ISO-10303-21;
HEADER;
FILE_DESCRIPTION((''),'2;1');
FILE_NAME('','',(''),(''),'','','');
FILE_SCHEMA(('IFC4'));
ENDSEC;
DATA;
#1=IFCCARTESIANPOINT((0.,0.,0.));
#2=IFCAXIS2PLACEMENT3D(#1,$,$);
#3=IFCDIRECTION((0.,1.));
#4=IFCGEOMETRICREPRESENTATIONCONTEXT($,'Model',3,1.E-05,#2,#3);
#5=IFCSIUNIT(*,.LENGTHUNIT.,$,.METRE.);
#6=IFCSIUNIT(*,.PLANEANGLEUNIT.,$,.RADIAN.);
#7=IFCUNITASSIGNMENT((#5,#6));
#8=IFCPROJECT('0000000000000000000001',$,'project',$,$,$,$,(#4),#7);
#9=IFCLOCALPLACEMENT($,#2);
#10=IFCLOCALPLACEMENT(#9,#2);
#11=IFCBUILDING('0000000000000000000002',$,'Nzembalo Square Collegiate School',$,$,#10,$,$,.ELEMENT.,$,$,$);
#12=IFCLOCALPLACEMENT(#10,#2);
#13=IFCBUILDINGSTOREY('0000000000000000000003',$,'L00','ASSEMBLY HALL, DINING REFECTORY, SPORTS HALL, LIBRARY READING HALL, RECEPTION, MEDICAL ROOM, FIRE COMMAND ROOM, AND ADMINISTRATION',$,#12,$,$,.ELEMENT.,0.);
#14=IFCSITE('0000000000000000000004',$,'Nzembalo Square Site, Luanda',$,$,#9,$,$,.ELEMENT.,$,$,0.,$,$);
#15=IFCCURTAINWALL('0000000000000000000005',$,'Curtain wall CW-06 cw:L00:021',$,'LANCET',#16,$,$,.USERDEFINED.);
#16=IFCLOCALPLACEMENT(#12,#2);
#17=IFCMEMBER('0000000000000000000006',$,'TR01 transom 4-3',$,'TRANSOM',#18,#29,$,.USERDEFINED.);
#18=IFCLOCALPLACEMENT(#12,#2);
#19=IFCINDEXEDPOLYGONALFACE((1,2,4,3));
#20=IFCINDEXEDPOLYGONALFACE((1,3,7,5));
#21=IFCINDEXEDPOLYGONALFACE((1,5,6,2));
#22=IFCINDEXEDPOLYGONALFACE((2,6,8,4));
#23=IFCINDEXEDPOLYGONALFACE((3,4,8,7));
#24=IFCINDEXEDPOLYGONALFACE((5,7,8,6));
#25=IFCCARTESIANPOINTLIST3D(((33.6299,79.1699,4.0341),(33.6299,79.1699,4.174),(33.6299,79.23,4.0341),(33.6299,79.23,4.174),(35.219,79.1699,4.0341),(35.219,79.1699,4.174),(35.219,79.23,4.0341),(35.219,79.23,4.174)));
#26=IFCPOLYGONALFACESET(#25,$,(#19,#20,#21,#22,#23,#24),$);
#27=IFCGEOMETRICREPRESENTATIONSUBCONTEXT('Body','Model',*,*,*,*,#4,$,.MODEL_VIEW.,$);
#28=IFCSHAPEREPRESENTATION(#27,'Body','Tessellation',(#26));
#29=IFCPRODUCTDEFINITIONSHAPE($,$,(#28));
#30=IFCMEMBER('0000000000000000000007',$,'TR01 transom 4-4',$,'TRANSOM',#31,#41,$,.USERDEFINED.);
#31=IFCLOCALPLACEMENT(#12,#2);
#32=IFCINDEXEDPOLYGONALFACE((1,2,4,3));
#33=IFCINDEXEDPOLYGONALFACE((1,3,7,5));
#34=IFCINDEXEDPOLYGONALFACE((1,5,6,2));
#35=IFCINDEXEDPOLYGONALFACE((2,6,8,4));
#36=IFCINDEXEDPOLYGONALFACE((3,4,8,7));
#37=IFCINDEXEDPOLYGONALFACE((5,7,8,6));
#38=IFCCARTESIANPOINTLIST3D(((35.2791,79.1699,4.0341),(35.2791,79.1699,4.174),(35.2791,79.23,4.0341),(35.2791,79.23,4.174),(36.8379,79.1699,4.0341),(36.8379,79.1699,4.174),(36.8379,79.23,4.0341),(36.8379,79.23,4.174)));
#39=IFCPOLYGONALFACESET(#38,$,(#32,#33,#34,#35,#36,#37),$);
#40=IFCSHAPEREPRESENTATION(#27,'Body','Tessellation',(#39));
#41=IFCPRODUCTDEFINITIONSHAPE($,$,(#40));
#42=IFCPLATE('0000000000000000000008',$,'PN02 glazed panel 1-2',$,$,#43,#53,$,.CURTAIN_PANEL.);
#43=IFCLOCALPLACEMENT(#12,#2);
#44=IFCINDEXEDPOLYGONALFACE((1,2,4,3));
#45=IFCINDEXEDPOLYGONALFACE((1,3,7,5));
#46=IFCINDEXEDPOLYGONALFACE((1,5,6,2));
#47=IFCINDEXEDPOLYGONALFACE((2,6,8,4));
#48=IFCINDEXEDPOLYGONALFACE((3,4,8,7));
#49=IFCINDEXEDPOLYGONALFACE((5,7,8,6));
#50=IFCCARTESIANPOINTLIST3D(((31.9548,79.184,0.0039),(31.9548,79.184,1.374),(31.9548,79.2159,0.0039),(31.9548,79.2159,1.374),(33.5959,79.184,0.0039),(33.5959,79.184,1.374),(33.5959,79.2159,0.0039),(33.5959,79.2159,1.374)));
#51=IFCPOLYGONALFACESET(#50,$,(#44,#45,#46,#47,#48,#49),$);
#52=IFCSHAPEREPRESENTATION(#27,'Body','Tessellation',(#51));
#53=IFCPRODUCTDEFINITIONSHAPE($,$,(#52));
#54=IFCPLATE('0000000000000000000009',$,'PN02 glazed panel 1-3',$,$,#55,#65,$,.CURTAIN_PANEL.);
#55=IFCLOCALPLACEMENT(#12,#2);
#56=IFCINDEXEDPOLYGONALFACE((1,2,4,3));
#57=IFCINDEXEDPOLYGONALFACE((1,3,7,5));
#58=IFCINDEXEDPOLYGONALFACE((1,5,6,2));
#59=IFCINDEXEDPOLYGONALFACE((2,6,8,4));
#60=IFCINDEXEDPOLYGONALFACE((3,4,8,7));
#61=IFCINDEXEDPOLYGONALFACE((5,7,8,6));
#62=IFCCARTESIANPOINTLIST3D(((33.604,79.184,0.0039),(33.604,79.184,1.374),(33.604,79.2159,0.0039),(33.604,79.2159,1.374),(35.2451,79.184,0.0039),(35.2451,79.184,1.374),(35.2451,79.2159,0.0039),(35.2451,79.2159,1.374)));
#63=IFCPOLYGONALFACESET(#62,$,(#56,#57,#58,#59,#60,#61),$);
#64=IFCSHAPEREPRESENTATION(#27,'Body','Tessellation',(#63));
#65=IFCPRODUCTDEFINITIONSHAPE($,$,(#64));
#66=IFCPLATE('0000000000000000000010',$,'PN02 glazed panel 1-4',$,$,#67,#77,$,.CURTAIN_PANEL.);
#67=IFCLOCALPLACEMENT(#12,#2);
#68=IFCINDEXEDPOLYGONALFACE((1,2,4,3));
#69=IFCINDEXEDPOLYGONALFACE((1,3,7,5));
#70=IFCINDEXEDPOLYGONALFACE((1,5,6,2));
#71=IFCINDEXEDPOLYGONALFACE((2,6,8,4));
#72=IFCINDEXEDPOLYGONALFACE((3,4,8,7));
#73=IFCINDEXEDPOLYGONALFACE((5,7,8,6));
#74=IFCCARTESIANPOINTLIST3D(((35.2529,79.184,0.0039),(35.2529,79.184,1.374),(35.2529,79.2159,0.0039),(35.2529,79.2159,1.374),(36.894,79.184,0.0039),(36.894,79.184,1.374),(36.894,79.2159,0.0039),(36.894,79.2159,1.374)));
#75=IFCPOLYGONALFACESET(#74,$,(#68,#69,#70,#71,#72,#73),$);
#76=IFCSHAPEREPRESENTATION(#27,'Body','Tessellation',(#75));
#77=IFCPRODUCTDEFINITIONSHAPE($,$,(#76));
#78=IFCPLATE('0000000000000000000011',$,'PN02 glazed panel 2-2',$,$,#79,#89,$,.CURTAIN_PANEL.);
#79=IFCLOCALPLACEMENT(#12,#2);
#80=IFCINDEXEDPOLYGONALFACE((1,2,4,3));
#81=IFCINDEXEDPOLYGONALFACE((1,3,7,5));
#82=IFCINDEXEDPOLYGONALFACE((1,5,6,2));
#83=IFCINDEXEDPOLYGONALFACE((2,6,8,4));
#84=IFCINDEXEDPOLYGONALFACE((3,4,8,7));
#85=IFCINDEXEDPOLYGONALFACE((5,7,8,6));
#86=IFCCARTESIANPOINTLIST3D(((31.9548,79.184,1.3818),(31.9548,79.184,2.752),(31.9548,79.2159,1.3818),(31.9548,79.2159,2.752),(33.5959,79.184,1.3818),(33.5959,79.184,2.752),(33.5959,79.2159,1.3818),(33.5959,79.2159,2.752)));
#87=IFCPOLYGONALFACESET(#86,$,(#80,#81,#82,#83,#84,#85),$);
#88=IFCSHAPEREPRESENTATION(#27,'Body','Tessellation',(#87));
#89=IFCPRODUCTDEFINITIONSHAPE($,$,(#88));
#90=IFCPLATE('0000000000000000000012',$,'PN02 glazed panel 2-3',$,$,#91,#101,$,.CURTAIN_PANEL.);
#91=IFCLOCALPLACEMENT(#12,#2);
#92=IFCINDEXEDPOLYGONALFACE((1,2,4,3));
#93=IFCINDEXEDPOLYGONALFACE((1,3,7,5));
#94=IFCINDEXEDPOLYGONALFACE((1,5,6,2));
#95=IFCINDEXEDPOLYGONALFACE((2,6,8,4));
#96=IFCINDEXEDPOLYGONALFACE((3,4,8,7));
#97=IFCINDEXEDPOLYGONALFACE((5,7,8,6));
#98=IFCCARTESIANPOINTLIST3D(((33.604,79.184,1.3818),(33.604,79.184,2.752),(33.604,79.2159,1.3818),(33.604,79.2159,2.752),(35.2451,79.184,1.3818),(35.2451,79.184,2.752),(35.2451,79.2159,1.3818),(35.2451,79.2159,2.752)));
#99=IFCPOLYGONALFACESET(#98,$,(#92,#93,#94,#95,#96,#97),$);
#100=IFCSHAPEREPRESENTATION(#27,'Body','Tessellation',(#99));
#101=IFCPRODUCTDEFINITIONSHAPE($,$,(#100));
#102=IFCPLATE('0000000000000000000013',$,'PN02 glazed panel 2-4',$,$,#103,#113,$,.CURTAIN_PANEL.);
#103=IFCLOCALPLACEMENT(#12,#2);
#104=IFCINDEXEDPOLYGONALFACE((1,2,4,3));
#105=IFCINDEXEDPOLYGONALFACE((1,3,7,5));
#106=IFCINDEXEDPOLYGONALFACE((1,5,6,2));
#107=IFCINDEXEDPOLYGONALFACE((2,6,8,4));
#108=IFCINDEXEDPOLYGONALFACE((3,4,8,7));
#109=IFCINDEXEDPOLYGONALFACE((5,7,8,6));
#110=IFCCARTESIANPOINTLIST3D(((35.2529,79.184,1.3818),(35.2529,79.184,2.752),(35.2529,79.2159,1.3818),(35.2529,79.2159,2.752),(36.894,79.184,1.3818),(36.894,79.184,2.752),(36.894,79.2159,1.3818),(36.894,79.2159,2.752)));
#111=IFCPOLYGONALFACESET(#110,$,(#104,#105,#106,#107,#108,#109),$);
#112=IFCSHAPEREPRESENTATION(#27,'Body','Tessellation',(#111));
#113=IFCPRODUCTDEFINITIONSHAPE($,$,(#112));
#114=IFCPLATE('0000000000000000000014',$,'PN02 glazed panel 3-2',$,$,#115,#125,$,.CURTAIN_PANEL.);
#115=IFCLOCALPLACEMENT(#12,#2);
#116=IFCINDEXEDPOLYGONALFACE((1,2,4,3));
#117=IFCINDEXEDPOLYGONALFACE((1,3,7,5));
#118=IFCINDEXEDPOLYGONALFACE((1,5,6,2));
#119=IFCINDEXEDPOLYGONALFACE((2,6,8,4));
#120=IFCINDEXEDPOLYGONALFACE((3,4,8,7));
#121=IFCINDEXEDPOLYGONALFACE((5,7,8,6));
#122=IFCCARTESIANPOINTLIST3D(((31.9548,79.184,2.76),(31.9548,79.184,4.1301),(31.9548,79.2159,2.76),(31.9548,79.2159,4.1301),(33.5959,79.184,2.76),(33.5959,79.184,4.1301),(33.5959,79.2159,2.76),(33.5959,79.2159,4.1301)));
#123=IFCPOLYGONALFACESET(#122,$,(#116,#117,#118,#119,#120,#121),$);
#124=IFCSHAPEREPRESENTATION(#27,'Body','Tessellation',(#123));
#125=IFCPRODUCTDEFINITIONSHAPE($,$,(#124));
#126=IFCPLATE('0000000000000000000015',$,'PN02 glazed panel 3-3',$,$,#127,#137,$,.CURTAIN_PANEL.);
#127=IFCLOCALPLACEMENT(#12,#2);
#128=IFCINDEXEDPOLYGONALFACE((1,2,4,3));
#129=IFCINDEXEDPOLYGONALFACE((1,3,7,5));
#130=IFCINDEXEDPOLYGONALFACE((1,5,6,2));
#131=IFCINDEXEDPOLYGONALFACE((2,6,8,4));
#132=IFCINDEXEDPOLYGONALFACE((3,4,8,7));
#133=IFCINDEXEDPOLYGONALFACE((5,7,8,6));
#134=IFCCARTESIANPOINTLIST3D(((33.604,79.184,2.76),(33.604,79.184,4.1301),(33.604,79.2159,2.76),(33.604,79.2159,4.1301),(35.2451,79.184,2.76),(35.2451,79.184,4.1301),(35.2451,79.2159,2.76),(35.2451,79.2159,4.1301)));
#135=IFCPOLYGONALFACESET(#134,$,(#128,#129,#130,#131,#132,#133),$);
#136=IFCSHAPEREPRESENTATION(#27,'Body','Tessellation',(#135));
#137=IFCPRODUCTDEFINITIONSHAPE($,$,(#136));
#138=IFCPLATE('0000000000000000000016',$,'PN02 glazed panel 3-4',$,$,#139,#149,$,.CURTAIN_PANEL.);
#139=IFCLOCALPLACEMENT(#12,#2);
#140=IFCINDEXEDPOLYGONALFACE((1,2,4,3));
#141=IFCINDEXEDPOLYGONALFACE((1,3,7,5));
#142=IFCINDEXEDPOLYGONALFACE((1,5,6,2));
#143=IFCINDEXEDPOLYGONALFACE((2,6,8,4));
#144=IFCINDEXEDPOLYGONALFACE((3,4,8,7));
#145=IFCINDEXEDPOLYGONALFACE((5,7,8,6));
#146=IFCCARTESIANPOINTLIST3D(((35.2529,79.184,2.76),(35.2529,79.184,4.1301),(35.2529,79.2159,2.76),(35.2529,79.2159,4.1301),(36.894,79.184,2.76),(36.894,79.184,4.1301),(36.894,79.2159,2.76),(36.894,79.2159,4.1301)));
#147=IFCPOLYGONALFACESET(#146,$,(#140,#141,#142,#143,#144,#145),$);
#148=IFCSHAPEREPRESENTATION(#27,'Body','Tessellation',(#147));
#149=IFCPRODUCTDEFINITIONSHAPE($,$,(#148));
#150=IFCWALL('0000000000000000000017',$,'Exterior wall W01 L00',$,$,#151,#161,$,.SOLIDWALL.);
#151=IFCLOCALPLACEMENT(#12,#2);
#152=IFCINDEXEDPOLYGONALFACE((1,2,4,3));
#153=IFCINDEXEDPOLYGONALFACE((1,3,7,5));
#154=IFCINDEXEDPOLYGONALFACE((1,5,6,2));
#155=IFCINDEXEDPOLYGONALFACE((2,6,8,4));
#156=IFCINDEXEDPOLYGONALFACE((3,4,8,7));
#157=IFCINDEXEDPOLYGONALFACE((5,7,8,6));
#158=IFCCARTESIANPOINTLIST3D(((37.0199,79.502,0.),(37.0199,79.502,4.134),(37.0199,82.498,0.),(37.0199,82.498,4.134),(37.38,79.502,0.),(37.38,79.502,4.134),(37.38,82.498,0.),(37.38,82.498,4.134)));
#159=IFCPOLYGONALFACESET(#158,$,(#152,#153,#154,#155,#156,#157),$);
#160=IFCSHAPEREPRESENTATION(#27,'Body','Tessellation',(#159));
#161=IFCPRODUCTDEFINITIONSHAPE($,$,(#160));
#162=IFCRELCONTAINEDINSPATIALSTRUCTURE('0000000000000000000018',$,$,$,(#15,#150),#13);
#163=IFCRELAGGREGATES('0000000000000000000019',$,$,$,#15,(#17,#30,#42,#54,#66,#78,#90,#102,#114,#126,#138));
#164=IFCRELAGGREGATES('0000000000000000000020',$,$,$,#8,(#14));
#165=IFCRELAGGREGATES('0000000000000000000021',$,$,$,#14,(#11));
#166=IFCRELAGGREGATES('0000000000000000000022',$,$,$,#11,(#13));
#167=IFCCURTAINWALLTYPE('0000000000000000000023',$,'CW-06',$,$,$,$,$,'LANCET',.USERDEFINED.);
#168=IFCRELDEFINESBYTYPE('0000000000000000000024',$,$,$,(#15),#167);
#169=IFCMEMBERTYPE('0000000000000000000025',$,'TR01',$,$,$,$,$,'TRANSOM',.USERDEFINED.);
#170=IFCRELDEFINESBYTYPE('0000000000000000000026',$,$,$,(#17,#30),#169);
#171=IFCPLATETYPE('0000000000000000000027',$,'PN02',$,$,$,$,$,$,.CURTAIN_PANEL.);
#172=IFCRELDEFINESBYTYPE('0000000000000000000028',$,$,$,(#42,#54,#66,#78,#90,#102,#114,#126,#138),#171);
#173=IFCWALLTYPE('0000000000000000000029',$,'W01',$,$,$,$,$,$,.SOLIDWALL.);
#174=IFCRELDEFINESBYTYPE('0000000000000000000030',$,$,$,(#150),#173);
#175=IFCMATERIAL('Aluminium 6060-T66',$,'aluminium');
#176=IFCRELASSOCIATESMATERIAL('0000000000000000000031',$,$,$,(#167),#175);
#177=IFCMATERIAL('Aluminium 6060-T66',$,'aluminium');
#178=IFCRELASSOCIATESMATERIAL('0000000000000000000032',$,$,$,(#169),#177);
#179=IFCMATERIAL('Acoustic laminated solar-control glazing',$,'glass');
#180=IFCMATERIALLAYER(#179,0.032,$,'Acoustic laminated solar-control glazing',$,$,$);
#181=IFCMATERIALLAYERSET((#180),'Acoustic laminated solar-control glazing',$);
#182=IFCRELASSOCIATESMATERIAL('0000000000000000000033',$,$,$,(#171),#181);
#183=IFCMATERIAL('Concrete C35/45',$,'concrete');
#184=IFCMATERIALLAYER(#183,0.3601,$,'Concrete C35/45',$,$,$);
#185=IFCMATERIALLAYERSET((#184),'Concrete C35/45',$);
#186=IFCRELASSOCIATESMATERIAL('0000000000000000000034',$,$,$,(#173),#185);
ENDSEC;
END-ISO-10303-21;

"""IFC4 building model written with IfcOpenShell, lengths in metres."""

from ifc_helpers import new_model, si_unit, direction, frame, frame_2d, origin, origin_2d, place, context, subcontext, project, spatial, rectangle, extrude, material, layer, layer_set, material_profile, profile_set, type_object, element, aggregate, save


model = new_model("IFC4")

# Units and contexts
model_context = context("Model", 3, precision=1e-05, world=origin(), true_north=direction((0.0, 1.0)))
body_context = subcontext(model_context, "Body", "Model", "MODEL_VIEW")
ifc_project = project(units=[si_unit("LENGTHUNIT", "METRE"), si_unit("PLANEANGLEUNIT", "RADIAN")], contexts=[model_context])

# Site, building, storey
site_placement = place(None, origin())
site = spatial("IfcSite", under=ifc_project, at=site_placement, Name="Nzembalo Square Site, Luanda", CompositionType="ELEMENT", RefElevation=0.0)
building_placement = place(site_placement, origin())
building = spatial("IfcBuilding", under=site, at=building_placement, Name="Nzembalo Square Collegiate School", CompositionType="ELEMENT")
storey_placement = place(building_placement, origin())
storey = spatial("IfcBuildingStorey", under=building, at=storey_placement, Name="L00", Description="ASSEMBLY HALL, DINING REFECTORY, SPORTS HALL, LIBRARY READING HALL, RECEPTION, MEDICAL ROOM, FIRE COMMAND ROOM, AND ADMINISTRATION", CompositionType="ELEMENT", Elevation=0.0)

# Curtain wall, members, plates
ifc_material_1 = material(Name="Aluminium 6060-T66", Category="aluminium")
curtain_wall_type = type_object("IfcCurtainWallType", Name="CW-06", ElementType="LANCET", PredefinedType="USERDEFINED", material=ifc_material_1)
curtain_wall_placement = place(storey_placement, origin())
curtain_wall = element("IfcCurtainWall", 1, at=curtain_wall_placement, inside=storey, type_object=curtain_wall_type, Name="Curtain wall CW-06 cw:L00:021", ObjectType="LANCET", PredefinedType="USERDEFINED")
ifc_material_2 = material(Name="Aluminium 6060-T66", Category="aluminium")
ifc_material_profile_1 = material_profile(ifc_material_2, rectangle(XDim=0.0601, YDim=0.1399, at=origin_2d()), Name="ALU T60x140")
ifc_profile_set_1 = profile_set([ifc_material_profile_1], Name="Aluminium 6060-T66")
member_type_1 = type_object("IfcMemberType", Name="TR01", ElementType="TRANSOM", PredefinedType="USERDEFINED", material=ifc_profile_set_1)
member_1_placement = place(storey_placement, frame((33.6299, 79.2, 4.104), z_axis=(1.0, 0.0, 0.0), x_axis=(0.0, 1.0, 0.0)))
member_1 = element("IfcMember", 2, at=member_1_placement, type_object=member_type_1, Name="TR01 transom 4-3", ObjectType="TRANSOM", PredefinedType="USERDEFINED", context=body_context, shape_type="SweptSolid", body=[
    extrude(rectangle(XDim=0.0601, YDim=0.1399, at=origin_2d()), origin(), (0.0, 0.0, 1.0), 1.5891),
])
member_2_placement = place(storey_placement, frame((35.2791, 79.2, 4.104), z_axis=(1.0, 0.0, 0.0), x_axis=(0.0, 1.0, 0.0)))
member_2 = element("IfcMember", 3, at=member_2_placement, type_object=member_type_1, Name="TR01 transom 4-4", ObjectType="TRANSOM", PredefinedType="USERDEFINED", context=body_context, shape_type="SweptSolid", body=[
    extrude(rectangle(XDim=0.0601, YDim=0.1399, at=origin_2d()), origin(), (0.0, 0.0, 1.0), 1.5588),
])
ifc_material_3 = material(Name="Acoustic laminated solar-control glazing", Category="glass")
ifc_layer_1 = layer(ifc_material_3, 0.032, Name="Acoustic laminated solar-control glazing")
ifc_layer_set_1 = layer_set([ifc_layer_1], Name="Acoustic laminated solar-control glazing")
plate_type = type_object("IfcPlateType", Name="PN02", PredefinedType="CURTAIN_PANEL", material=ifc_layer_set_1)
plate_1_placement = place(storey_placement, frame((32.7754, 79.2, 0.0039), z_axis=(0.0, 0.0, 1.0), x_axis=(1.0, 0.0, 0.0)))
plate_1 = element("IfcPlate", 4, at=plate_1_placement, type_object=plate_type, Name="PN02 glazed panel 1-2", PredefinedType="CURTAIN_PANEL", context=body_context, shape_type="SweptSolid", body=[
    extrude(rectangle(XDim=1.6411, YDim=0.032, at=origin_2d()), origin(), (0.0, 0.0, 1.0), 1.3701),
])
plate_2_placement = place(storey_placement, frame((34.4246, 79.2, 0.0039), z_axis=(0.0, 0.0, 1.0), x_axis=(1.0, 0.0, 0.0)))
plate_2 = element("IfcPlate", 5, at=plate_2_placement, type_object=plate_type, Name="PN02 glazed panel 1-3", PredefinedType="CURTAIN_PANEL", context=body_context, shape_type="SweptSolid", body=[
    extrude(rectangle(XDim=1.6411, YDim=0.032, at=origin_2d()), origin(), (0.0, 0.0, 1.0), 1.3701),
])
plate_3_placement = place(storey_placement, frame((36.0735, 79.2, 0.0039), z_axis=(0.0, 0.0, 1.0), x_axis=(1.0, 0.0, 0.0)))
plate_3 = element("IfcPlate", 6, at=plate_3_placement, type_object=plate_type, Name="PN02 glazed panel 1-4", PredefinedType="CURTAIN_PANEL", context=body_context, shape_type="SweptSolid", body=[
    extrude(rectangle(XDim=1.6411, YDim=0.032, at=origin_2d()), origin(), (0.0, 0.0, 1.0), 1.3701),
])
plate_4_placement = place(storey_placement, frame((32.7754, 79.2, 1.3818), z_axis=(0.0, 0.0, 1.0), x_axis=(1.0, 0.0, 0.0)))
plate_4 = element("IfcPlate", 7, at=plate_4_placement, type_object=plate_type, Name="PN02 glazed panel 2-2", PredefinedType="CURTAIN_PANEL", context=body_context, shape_type="SweptSolid", body=[
    extrude(rectangle(XDim=1.6411, YDim=0.032, at=origin_2d()), origin(), (0.0, 0.0, 1.0), 1.3701),
])
plate_5_placement = place(storey_placement, frame((34.4246, 79.2, 1.3818), z_axis=(0.0, 0.0, 1.0), x_axis=(1.0, 0.0, 0.0)))
plate_5 = element("IfcPlate", 8, at=plate_5_placement, type_object=plate_type, Name="PN02 glazed panel 2-3", PredefinedType="CURTAIN_PANEL", context=body_context, shape_type="SweptSolid", body=[
    extrude(rectangle(XDim=1.6411, YDim=0.032, at=origin_2d()), origin(), (0.0, 0.0, 1.0), 1.3701),
])
plate_6_placement = place(storey_placement, frame((36.0735, 79.2, 1.3818), z_axis=(0.0, 0.0, 1.0), x_axis=(1.0, 0.0, 0.0)))
plate_6 = element("IfcPlate", 9, at=plate_6_placement, type_object=plate_type, Name="PN02 glazed panel 2-4", PredefinedType="CURTAIN_PANEL", context=body_context, shape_type="SweptSolid", body=[
    extrude(rectangle(XDim=1.6411, YDim=0.032, at=origin_2d()), origin(), (0.0, 0.0, 1.0), 1.3701),
])
plate_7_placement = place(storey_placement, frame((32.7754, 79.2, 2.76), z_axis=(0.0, 0.0, 1.0), x_axis=(1.0, 0.0, 0.0)))
plate_7 = element("IfcPlate", 10, at=plate_7_placement, type_object=plate_type, Name="PN02 glazed panel 3-2", PredefinedType="CURTAIN_PANEL", context=body_context, shape_type="SweptSolid", body=[
    extrude(rectangle(XDim=1.6411, YDim=0.032, at=origin_2d()), origin(), (0.0, 0.0, 1.0), 1.3701),
])
plate_8_placement = place(storey_placement, frame((34.4246, 79.2, 2.76), z_axis=(0.0, 0.0, 1.0), x_axis=(1.0, 0.0, 0.0)))
plate_8 = element("IfcPlate", 11, at=plate_8_placement, type_object=plate_type, Name="PN02 glazed panel 3-3", PredefinedType="CURTAIN_PANEL", context=body_context, shape_type="SweptSolid", body=[
    extrude(rectangle(XDim=1.6411, YDim=0.032, at=origin_2d()), origin(), (0.0, 0.0, 1.0), 1.3701),
])
plate_9_placement = place(storey_placement, frame((36.0735, 79.2, 2.76), z_axis=(0.0, 0.0, 1.0), x_axis=(1.0, 0.0, 0.0)))
plate_9 = element("IfcPlate", 12, at=plate_9_placement, type_object=plate_type, Name="PN02 glazed panel 3-4", PredefinedType="CURTAIN_PANEL", context=body_context, shape_type="SweptSolid", body=[
    extrude(rectangle(XDim=1.6411, YDim=0.032, at=origin_2d()), origin(), (0.0, 0.0, 1.0), 1.3701),
])
aggregate(curtain_wall, [member_1, member_2, plate_1, plate_2, plate_3, plate_4, plate_5, plate_6, plate_7, plate_8, plate_9])

# Wall
ifc_material_4 = material(Name="Concrete C35/45", Category="concrete")
ifc_layer_2 = layer(ifc_material_4, 0.3601, Name="Concrete C35/45")
ifc_layer_set_2 = layer_set([ifc_layer_2], Name="Concrete C35/45")
wall_type = type_object("IfcWallType", Name="W01", PredefinedType="SOLIDWALL", material=ifc_layer_set_2)
wall_placement = place(storey_placement, frame((37.2, 79.502, 0.0), z_axis=(0.0, 0.0, 1.0), x_axis=(0.0, 1.0, 0.0)))
element("IfcWall", 13, at=wall_placement, inside=storey, type_object=wall_type, Name="Exterior wall W01 L00", PredefinedType="SOLIDWALL", context=body_context, shape_type="SweptSolid", body=[
    extrude(rectangle(XDim=2.9961, YDim=0.3601, at=frame_2d((1.498, 0.0))), origin(), (0.0, 0.0, 1.0), 4.134),
])

save(model, "model.ifc")
